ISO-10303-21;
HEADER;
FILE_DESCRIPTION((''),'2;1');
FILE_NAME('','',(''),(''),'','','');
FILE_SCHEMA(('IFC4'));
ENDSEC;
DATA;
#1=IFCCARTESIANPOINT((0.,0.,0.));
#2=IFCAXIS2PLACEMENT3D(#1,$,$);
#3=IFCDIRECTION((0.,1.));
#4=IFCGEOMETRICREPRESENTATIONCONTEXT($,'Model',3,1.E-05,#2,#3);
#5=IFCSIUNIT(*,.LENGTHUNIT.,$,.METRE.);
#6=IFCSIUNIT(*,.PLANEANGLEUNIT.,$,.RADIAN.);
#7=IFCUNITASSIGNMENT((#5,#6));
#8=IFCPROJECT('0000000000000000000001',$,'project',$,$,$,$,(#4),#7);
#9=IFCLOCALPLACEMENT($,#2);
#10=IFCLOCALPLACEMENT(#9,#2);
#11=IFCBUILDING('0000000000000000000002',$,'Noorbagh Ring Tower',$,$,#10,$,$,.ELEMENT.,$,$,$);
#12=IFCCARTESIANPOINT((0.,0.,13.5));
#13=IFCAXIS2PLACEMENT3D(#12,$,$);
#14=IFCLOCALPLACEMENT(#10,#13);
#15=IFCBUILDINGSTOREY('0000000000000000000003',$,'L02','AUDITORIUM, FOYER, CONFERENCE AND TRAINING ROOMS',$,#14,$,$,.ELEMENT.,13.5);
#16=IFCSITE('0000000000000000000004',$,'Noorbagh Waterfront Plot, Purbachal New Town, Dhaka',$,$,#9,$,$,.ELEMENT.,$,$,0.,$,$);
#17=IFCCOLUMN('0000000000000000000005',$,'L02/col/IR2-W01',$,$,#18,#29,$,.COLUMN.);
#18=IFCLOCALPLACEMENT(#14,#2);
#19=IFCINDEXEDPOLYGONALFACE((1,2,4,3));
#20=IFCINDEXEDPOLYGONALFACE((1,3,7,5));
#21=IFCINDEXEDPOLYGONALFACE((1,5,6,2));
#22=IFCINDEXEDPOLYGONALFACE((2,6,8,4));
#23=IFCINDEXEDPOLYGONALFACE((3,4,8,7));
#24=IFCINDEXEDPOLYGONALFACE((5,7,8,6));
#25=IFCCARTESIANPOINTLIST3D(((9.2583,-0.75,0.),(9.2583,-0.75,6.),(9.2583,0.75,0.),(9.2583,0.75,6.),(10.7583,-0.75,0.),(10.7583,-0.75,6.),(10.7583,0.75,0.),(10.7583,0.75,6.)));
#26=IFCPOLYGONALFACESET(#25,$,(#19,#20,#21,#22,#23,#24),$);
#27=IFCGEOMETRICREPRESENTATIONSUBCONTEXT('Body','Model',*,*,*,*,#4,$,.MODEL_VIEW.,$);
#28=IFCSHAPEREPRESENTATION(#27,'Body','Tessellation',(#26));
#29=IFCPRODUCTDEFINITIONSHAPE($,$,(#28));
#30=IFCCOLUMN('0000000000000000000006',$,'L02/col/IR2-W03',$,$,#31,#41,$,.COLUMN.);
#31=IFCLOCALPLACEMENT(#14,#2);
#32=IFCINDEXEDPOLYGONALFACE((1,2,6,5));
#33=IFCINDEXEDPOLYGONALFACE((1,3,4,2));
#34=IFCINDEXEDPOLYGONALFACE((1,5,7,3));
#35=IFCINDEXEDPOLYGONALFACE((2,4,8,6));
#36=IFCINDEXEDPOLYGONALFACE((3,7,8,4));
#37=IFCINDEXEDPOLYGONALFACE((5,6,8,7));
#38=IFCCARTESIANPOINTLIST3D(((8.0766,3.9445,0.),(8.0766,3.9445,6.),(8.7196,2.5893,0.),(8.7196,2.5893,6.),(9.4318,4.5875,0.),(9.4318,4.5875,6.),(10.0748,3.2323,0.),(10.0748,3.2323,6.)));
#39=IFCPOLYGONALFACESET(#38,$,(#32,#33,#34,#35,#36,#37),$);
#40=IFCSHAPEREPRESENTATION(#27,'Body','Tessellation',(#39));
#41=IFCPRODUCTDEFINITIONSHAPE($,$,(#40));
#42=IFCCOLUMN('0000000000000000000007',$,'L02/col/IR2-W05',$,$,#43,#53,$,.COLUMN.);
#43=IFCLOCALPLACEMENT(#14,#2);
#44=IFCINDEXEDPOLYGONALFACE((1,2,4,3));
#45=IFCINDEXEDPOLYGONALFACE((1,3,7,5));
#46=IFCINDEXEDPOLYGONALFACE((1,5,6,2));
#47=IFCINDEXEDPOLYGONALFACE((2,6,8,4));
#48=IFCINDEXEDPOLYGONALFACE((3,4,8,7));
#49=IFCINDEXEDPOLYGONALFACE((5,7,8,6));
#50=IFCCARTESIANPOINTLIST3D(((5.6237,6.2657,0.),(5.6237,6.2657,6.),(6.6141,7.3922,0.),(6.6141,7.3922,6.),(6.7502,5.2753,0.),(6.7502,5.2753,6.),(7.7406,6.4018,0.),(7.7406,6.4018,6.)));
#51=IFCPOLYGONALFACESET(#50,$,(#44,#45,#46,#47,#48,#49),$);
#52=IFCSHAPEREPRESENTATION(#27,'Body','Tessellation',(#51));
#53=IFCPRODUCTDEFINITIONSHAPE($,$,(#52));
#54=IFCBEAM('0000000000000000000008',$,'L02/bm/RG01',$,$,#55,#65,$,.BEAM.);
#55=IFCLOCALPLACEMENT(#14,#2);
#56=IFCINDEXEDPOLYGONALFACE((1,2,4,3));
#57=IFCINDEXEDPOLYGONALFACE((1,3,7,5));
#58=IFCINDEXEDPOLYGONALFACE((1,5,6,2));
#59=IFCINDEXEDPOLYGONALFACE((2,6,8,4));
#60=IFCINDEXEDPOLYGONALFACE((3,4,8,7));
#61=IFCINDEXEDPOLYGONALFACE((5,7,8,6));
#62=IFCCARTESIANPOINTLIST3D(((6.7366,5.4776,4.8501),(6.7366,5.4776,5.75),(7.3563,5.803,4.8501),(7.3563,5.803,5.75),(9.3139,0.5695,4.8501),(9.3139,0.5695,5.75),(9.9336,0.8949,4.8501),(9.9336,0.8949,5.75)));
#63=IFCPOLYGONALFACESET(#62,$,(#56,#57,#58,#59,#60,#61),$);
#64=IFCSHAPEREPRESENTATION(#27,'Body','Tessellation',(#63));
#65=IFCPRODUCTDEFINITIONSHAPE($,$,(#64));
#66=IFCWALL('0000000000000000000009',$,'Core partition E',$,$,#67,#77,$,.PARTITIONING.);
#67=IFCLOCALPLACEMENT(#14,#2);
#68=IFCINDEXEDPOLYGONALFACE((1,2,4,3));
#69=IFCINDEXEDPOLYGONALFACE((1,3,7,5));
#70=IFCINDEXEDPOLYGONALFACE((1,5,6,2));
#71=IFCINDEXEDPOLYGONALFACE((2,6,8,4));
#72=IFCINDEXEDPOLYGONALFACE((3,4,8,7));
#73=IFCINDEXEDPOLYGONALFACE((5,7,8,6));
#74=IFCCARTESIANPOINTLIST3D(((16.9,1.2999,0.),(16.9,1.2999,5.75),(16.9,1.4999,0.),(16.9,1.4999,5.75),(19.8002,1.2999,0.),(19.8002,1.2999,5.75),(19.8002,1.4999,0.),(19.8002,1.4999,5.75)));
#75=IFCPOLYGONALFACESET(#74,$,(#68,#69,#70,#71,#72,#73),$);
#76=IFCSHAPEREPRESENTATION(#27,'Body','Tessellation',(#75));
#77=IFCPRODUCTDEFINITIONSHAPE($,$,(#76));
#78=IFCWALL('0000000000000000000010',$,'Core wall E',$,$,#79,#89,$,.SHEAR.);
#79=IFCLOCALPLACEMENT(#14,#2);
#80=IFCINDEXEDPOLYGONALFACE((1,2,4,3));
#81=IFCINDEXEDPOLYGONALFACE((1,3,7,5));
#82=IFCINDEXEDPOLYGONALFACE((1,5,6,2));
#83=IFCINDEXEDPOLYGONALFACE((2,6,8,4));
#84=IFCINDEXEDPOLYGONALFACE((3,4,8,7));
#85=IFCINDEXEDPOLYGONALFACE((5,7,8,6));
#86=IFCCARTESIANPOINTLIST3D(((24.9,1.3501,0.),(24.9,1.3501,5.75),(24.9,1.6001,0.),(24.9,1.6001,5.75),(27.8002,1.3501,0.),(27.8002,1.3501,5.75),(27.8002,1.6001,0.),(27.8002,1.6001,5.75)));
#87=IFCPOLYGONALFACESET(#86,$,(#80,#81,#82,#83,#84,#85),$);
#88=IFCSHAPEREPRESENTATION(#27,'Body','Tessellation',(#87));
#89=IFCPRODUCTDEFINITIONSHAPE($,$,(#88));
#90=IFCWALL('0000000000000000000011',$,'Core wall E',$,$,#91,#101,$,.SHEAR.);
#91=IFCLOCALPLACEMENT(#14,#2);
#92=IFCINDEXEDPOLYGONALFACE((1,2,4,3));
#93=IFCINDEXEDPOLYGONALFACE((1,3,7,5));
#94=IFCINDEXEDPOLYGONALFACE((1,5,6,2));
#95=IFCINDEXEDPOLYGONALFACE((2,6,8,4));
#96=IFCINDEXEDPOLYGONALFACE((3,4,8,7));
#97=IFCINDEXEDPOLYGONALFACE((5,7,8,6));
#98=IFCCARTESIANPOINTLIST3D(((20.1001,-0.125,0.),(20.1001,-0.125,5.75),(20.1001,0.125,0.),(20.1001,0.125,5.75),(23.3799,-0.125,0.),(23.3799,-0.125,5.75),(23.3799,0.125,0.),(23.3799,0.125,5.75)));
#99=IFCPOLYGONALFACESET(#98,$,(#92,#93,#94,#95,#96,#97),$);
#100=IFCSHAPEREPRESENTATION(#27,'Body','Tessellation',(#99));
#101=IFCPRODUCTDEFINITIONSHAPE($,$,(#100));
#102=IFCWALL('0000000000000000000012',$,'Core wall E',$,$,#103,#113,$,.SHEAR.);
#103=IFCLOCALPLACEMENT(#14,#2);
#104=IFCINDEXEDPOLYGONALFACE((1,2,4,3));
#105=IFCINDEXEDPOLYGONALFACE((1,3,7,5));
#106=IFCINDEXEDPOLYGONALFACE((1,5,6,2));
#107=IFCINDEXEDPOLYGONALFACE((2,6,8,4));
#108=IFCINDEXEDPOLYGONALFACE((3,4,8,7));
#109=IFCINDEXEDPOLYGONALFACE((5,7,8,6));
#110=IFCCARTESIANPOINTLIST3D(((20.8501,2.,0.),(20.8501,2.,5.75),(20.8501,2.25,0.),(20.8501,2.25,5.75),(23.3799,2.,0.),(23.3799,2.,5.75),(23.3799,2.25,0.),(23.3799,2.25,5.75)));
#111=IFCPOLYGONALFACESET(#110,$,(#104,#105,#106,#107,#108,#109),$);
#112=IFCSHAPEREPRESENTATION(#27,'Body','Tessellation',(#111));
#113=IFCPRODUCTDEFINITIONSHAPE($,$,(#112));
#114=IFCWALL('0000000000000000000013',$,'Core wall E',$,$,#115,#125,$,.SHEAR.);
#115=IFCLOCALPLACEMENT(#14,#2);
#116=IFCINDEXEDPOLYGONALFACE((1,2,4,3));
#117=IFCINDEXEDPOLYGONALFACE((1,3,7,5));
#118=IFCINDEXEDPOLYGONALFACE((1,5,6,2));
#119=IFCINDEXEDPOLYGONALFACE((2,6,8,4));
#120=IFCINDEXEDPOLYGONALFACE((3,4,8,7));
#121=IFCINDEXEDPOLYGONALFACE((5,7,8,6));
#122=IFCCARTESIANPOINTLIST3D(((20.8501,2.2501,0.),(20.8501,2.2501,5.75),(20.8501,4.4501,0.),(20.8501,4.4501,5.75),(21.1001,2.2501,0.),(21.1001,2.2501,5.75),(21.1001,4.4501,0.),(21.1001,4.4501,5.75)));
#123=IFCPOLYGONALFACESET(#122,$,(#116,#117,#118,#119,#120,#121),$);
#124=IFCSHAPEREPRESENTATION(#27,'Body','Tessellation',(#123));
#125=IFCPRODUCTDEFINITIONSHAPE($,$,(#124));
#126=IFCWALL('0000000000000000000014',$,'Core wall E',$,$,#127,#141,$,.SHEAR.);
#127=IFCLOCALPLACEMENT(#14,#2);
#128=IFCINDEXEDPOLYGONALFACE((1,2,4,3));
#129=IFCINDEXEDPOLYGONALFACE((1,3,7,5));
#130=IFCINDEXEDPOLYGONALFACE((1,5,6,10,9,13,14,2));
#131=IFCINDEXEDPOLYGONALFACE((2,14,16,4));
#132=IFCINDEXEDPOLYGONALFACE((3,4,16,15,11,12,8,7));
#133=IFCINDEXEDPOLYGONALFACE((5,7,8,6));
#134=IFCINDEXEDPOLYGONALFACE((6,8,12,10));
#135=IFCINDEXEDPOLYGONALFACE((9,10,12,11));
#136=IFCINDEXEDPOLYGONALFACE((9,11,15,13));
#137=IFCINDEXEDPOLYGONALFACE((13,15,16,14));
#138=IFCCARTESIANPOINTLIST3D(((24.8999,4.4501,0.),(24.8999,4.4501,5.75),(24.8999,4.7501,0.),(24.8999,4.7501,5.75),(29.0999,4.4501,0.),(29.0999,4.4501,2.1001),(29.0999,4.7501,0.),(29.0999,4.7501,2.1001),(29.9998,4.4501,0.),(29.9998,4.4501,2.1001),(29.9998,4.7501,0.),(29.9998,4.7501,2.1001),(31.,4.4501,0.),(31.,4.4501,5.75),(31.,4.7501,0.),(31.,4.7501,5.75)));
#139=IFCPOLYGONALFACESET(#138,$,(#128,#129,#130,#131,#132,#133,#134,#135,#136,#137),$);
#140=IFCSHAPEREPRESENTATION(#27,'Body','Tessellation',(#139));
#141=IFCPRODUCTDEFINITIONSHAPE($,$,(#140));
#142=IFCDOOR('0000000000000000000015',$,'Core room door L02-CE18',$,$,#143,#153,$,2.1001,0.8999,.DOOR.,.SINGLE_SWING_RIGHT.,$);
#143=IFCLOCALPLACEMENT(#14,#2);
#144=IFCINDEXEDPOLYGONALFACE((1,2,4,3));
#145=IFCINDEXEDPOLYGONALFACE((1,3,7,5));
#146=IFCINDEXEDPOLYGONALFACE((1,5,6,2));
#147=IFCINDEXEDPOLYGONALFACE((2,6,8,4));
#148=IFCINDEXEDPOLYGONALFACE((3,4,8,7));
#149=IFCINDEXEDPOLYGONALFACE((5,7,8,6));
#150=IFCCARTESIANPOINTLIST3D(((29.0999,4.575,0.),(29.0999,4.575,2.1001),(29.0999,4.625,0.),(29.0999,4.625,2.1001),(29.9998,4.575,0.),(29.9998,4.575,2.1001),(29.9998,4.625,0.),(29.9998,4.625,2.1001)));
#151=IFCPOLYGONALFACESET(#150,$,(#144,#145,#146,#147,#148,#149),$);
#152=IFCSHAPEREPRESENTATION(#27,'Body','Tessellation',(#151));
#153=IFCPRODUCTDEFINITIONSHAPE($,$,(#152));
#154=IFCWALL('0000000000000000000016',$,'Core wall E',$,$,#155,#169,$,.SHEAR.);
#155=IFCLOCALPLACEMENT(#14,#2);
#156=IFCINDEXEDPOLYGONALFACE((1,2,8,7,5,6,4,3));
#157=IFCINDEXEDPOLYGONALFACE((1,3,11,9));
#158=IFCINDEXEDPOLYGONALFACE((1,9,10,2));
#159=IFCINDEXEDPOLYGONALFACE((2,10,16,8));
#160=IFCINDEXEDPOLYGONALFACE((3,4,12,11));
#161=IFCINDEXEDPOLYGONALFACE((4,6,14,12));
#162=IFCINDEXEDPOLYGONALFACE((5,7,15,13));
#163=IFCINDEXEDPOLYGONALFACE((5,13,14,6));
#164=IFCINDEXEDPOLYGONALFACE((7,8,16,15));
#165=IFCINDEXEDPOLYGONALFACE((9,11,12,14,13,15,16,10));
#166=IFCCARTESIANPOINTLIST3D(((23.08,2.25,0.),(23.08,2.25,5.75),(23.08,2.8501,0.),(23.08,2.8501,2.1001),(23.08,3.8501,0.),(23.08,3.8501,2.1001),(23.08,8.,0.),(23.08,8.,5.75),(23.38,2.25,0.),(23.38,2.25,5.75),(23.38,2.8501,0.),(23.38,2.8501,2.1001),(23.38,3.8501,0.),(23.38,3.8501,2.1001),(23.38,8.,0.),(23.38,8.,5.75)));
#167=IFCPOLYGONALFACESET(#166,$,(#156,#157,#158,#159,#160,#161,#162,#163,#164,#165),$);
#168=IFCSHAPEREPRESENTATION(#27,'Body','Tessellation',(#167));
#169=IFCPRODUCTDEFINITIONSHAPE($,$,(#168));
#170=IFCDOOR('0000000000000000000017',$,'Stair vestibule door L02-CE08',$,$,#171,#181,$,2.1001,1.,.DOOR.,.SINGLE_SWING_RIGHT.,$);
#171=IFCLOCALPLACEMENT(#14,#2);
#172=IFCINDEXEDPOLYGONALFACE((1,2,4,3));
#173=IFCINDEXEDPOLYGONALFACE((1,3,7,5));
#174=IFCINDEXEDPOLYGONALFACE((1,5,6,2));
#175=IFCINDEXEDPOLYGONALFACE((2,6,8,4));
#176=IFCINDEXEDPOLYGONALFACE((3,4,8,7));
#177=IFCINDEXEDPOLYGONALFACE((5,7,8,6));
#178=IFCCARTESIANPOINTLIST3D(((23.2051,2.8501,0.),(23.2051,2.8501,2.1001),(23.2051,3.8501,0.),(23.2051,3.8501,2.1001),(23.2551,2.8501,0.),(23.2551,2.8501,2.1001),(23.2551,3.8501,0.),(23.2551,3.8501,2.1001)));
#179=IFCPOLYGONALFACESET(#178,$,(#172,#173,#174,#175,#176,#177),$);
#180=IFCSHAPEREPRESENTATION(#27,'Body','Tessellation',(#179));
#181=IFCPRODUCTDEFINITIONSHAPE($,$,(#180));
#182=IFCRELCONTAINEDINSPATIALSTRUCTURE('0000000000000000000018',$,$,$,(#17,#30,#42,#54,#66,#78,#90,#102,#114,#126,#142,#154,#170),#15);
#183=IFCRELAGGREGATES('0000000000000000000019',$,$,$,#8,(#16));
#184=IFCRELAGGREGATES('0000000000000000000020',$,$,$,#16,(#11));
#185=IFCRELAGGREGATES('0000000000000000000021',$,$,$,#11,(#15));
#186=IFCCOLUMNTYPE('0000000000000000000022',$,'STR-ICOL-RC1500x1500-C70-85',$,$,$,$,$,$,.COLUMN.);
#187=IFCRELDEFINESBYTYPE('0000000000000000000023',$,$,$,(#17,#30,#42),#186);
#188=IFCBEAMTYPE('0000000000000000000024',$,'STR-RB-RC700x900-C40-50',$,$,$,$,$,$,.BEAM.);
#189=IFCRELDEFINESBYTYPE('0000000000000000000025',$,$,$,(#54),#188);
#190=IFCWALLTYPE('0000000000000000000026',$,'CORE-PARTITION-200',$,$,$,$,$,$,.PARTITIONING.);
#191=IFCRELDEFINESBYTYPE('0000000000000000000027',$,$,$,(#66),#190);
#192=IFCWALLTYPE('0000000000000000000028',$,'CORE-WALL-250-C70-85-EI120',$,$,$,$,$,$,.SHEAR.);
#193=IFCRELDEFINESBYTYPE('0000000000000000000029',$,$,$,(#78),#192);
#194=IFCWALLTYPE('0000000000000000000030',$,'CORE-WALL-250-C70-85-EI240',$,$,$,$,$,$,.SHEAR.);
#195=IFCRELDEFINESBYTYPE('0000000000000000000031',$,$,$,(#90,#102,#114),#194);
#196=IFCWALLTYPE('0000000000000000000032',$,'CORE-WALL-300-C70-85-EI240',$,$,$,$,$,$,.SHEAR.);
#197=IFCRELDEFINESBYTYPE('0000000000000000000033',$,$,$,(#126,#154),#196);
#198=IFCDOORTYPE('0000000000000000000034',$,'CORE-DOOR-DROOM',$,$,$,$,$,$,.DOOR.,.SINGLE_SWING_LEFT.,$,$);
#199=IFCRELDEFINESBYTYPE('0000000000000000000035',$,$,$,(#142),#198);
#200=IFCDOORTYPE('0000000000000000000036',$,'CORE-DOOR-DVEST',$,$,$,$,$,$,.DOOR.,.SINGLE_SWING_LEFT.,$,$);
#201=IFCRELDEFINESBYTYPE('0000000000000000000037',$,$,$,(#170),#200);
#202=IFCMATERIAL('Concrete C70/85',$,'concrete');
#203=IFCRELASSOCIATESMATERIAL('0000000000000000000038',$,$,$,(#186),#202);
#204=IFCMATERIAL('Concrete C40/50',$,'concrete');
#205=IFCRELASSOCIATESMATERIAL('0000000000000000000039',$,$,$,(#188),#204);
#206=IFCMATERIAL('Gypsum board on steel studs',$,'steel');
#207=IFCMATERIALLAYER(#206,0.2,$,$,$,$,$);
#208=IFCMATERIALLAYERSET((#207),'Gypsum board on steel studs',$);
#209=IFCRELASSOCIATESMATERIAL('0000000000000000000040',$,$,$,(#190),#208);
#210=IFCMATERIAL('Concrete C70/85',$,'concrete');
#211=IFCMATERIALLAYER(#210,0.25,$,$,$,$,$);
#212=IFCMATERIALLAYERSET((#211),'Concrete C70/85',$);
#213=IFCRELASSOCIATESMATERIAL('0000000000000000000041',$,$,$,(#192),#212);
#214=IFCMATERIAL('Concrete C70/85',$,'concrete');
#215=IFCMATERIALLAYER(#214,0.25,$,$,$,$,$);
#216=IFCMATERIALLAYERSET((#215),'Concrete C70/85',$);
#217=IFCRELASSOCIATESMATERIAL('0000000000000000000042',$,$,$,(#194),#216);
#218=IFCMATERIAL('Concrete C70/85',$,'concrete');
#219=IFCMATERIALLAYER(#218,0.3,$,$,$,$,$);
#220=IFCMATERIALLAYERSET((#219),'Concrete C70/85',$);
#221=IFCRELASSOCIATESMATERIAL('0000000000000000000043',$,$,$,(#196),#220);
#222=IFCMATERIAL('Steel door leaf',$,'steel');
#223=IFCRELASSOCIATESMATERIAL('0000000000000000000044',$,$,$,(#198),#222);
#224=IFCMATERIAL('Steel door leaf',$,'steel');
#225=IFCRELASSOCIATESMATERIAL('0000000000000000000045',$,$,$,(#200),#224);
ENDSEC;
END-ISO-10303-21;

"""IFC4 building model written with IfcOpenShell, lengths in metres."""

from ifc_helpers import new_model, si_unit, direction, frame, frame_2d, origin, origin_2d, place, context, subcontext, project, spatial, rectangle, extrude, material, layer, layer_set, material_profile, profile_set, type_object, element, fill, save


model = new_model("IFC4")

# Units and contexts
model_context = context("Model", 3, precision=1e-05, world=origin(), true_north=direction((0.0, 1.0)))
body_context = subcontext(model_context, "Body", "Model", "MODEL_VIEW")
ifc_project = project(units=[si_unit("LENGTHUNIT", "METRE"), si_unit("PLANEANGLEUNIT", "RADIAN")], contexts=[model_context])

# Site, building, storey
site_placement = place(None, origin())
site = spatial("IfcSite", under=ifc_project, at=site_placement, Name="Noorbagh Waterfront Plot, Purbachal New Town, Dhaka", CompositionType="ELEMENT", RefElevation=0.0)
building_placement = place(site_placement, origin())
building = spatial("IfcBuilding", under=site, at=building_placement, Name="Noorbagh Ring Tower", CompositionType="ELEMENT")
storey_placement = place(building_placement, frame((0.0, 0.0, 13.5)))
storey = spatial("IfcBuildingStorey", under=building, at=storey_placement, Name="L02", Description="AUDITORIUM, FOYER, CONFERENCE AND TRAINING ROOMS", CompositionType="ELEMENT", Elevation=13.5)

# Columns
ifc_material_1 = material(Name="Concrete C70/85", Category="concrete")
ifc_material_profile_1 = material_profile(ifc_material_1, rectangle(XDim=1.5, YDim=1.5, at=origin_2d()), Name="RC1500x1500")
ifc_profile_set_1 = profile_set([ifc_material_profile_1], Name="Concrete C70/85")
column_type = type_object("IfcColumnType", Name="STR-ICOL-RC1500x1500-C70-85", PredefinedType="COLUMN", material=ifc_profile_set_1)
for number, where, z_axis, x_axis, name in (
    (1, (10.0083, 0.0, 0.0), (0.0, 0.0, 1.0), (0.0, 1.0, 0.0), "L02/col/IR2-W01"),
    (2, (9.0757, 3.5884, 0.0), (0.0, 0.0, 1.0), (-0.428667, 0.903463, 0.0), "L02/col/IR2-W03"),
    (3, (6.6821, 6.3337, 0.0), (0.0, 0.0, 1.0), (-0.751022, 0.660277, 0.0), "L02/col/IR2-W05"),
):
    element("IfcColumn", number, at=place(storey_placement, frame(where, z_axis=z_axis, x_axis=x_axis)), inside=storey, type_object=column_type, Name=name, PredefinedType="COLUMN", context=body_context, shape_type="SweptSolid", body=[
        extrude(rectangle(XDim=1.5, YDim=1.5, at=origin_2d()), origin(), (0.0, 0.0, 1.0), 6.0),
    ])

# Beam
ifc_material_2 = material(Name="Concrete C40/50", Category="concrete")
ifc_material_profile_2 = material_profile(ifc_material_2, rectangle(XDim=0.7, YDim=0.8999, at=origin_2d()), Name="RC700x900")
ifc_profile_set_2 = profile_set([ifc_material_profile_2], Name="Concrete C40/50")
beam_type = type_object("IfcBeamType", Name="STR-RB-RC700x900-C40-50", PredefinedType="BEAM", material=ifc_profile_set_2)
beam_placement = place(storey_placement, frame((9.6238, 0.7322, 5.3), z_axis=(-0.464917, 0.885354, 0.0), x_axis=(-0.885354, -0.464917, 0.0)))
element("IfcBeam", 4, at=beam_placement, inside=storey, type_object=beam_type, Name="L02/bm/RG01", PredefinedType="BEAM", context=body_context, shape_type="SweptSolid", body=[
    extrude(rectangle(XDim=0.7, YDim=0.8999, at=origin_2d()), origin(), (0.0, 0.0, 1.0), 5.5437),
])

# Walls
ifc_material_3 = material(Name="Gypsum board on steel studs", Category="steel")
ifc_layer_1 = layer(ifc_material_3, 0.2)
ifc_layer_set_1 = layer_set([ifc_layer_1], Name="Gypsum board on steel studs")
wall_type_1 = type_object("IfcWallType", Name="CORE-PARTITION-200", PredefinedType="PARTITIONING", material=ifc_layer_set_1)
wall_1_placement = place(storey_placement, frame((16.8999, 1.3999, 0.0), z_axis=(0.0, 0.0, 1.0), x_axis=(1.0, 0.0, 0.0)))
element("IfcWall", 5, at=wall_1_placement, inside=storey, type_object=wall_type_1, Name="Core partition E", PredefinedType="PARTITIONING", context=body_context, shape_type="SweptSolid", body=[
    extrude(rectangle(XDim=2.9001, YDim=0.2, at=frame_2d((1.4502, 0.0))), origin(), (0.0, 0.0, 1.0), 5.75),
])
ifc_material_4 = material(Name="Concrete C70/85", Category="concrete")
ifc_layer_2 = layer(ifc_material_4, 0.25)
ifc_layer_set_2 = layer_set([ifc_layer_2], Name="Concrete C70/85")
wall_type_2 = type_object("IfcWallType", Name="CORE-WALL-250-C70-85-EI120", PredefinedType="SHEAR", material=ifc_layer_set_2)
wall_2_placement = place(storey_placement, frame((24.8999, 1.4751, 0.0), z_axis=(0.0, 0.0, 1.0), x_axis=(1.0, 0.0, 0.0)))
element("IfcWall", 6, at=wall_2_placement, inside=storey, type_object=wall_type_2, Name="Core wall E", PredefinedType="SHEAR", context=body_context, shape_type="SweptSolid", body=[
    extrude(rectangle(XDim=2.9001, YDim=0.25, at=frame_2d((1.4502, 0.0))), origin(), (0.0, 0.0, 1.0), 5.75),
])
ifc_material_5 = material(Name="Concrete C70/85", Category="concrete")
ifc_layer_3 = layer(ifc_material_5, 0.25)
ifc_layer_set_3 = layer_set([ifc_layer_3], Name="Concrete C70/85")
wall_type_3 = type_object("IfcWallType", Name="CORE-WALL-250-C70-85-EI240", PredefinedType="SHEAR", material=ifc_layer_set_3)
wall_3_placement = place(storey_placement, frame((20.1001, 0.0, 0.0), z_axis=(0.0, 0.0, 1.0), x_axis=(1.0, 0.0, 0.0)))
element("IfcWall", 7, at=wall_3_placement, inside=storey, type_object=wall_type_3, Name="Core wall E", PredefinedType="SHEAR", context=body_context, shape_type="SweptSolid", body=[
    extrude(rectangle(XDim=3.2798, YDim=0.25, at=frame_2d((1.6399, 0.0))), origin(), (0.0, 0.0, 1.0), 5.75),
])
wall_4_placement = place(storey_placement, frame((20.8501, 2.125, 0.0), z_axis=(0.0, 0.0, 1.0), x_axis=(1.0, 0.0, 0.0)))
element("IfcWall", 8, at=wall_4_placement, inside=storey, type_object=wall_type_3, Name="Core wall E", PredefinedType="SHEAR", context=body_context, shape_type="SweptSolid", body=[
    extrude(rectangle(XDim=2.5298, YDim=0.25, at=frame_2d((1.2649, 0.0))), origin(), (0.0, 0.0, 1.0), 5.75),
])
wall_5_placement = place(storey_placement, frame((20.9751, 2.25, 0.0), z_axis=(0.0, 0.0, 1.0), x_axis=(0.0, 1.0, 0.0)))
element("IfcWall", 9, at=wall_5_placement, inside=storey, type_object=wall_type_3, Name="Core wall E", PredefinedType="SHEAR", context=body_context, shape_type="SweptSolid", body=[
    extrude(rectangle(XDim=2.2, YDim=0.25, at=frame_2d((1.1001, 0.0))), origin(), (0.0, 0.0, 1.0), 5.75),
])

# Walls, openings, doors
ifc_material_6 = material(Name="Concrete C70/85", Category="concrete")
ifc_layer_4 = layer(ifc_material_6, 0.3)
ifc_layer_set_4 = layer_set([ifc_layer_4], Name="Concrete C70/85")
wall_type_4 = type_object("IfcWallType", Name="CORE-WALL-300-C70-85-EI240", PredefinedType="SHEAR", material=ifc_layer_set_4)
wall_6_placement = place(storey_placement, frame((24.8999, 4.6001, 0.0), z_axis=(0.0, 0.0, 1.0), x_axis=(1.0, 0.0, 0.0)))
wall_6 = element("IfcWall", 10, at=wall_6_placement, inside=storey, type_object=wall_type_4, Name="Core wall E", PredefinedType="SHEAR", context=body_context, shape_type="SweptSolid", body=[
    extrude(rectangle(XDim=6.1001, YDim=0.3, at=frame_2d((3.05, 0.0))), origin(), (0.0, 0.0, 1.0), 5.75),
])
opening_1_placement = place(wall_6_placement, frame((4.2, 0.0, 0.0)))
opening_1 = element("IfcOpeningElement", 11, at=opening_1_placement, cuts=wall_6, PredefinedType="OPENING", context=body_context, shape_type="SweptSolid", body=[
    extrude(rectangle(XDim=0.8999, YDim=2.1001, at=frame_2d((0.45, 1.05))), frame((0.0, 0.1602, 0.0), z_axis=(0.0, -1.0, 0.0), x_axis=(1.0, 0.0, 0.0)), (0.0, 0.0, 1.0), 0.3201),
])
ifc_material_7 = material(Name="Steel door leaf", Category="steel")
door_type_1 = type_object("IfcDoorType", Name="CORE-DOOR-DROOM", OperationType="SINGLE_SWING_LEFT", PredefinedType="DOOR", material=ifc_material_7)
door_1_placement = place(opening_1_placement, origin())
door_1 = element("IfcDoor", 12, at=door_1_placement, inside=storey, type_object=door_type_1, Name="Core room door L02-CE18", OperationType="SINGLE_SWING_RIGHT", OverallHeight=2.1001, OverallWidth=0.8999, PredefinedType="DOOR", context=body_context, shape_type="SweptSolid", body=[
    extrude(rectangle(XDim=0.8999, YDim=2.1001, at=frame_2d((0.45, 1.05))), frame((0.0, 0.0249, 0.0), z_axis=(0.0, -1.0, 0.0), x_axis=(1.0, 0.0, 0.0)), (0.0, 0.0, 1.0), 0.05),
])
fill(opening_1, door_1)
wall_7_placement = place(storey_placement, frame((23.23, 2.25, 0.0), z_axis=(0.0, 0.0, 1.0), x_axis=(0.0, 1.0, 0.0)))
wall_7 = element("IfcWall", 13, at=wall_7_placement, inside=storey, type_object=wall_type_4, Name="Core wall E", PredefinedType="SHEAR", context=body_context, shape_type="SweptSolid", body=[
    extrude(rectangle(XDim=5.75, YDim=0.3, at=frame_2d((2.875, 0.0))), origin(), (0.0, 0.0, 1.0), 5.75),
])
opening_2_placement = place(wall_7_placement, frame((0.6001, 0.0, 0.0)))
opening_2 = element("IfcOpeningElement", 14, at=opening_2_placement, cuts=wall_7, PredefinedType="OPENING", context=body_context, shape_type="SweptSolid", body=[
    extrude(rectangle(XDim=1.0, YDim=2.1001, at=frame_2d((0.5, 1.05))), frame((0.0, 0.1602, 0.0), z_axis=(0.0, -1.0, 0.0), x_axis=(1.0, 0.0, 0.0)), (0.0, 0.0, 1.0), 0.3201),
])
ifc_material_8 = material(Name="Steel door leaf", Category="steel")
door_type_2 = type_object("IfcDoorType", Name="CORE-DOOR-DVEST", OperationType="SINGLE_SWING_LEFT", PredefinedType="DOOR", material=ifc_material_8)
door_2_placement = place(opening_2_placement, origin())
door_2 = element("IfcDoor", 15, at=door_2_placement, inside=storey, type_object=door_type_2, Name="Stair vestibule door L02-CE08", OperationType="SINGLE_SWING_RIGHT", OverallHeight=2.1001, OverallWidth=1.0, PredefinedType="DOOR", context=body_context, shape_type="SweptSolid", body=[
    extrude(rectangle(XDim=1.0, YDim=2.1001, at=frame_2d((0.5, 1.05))), frame((0.0, 0.0249, 0.0), z_axis=(0.0, -1.0, 0.0), x_axis=(1.0, 0.0, 0.0)), (0.0, 0.0, 1.0), 0.05),
])
fill(opening_2, door_2)

save(model, "model.ifc")
